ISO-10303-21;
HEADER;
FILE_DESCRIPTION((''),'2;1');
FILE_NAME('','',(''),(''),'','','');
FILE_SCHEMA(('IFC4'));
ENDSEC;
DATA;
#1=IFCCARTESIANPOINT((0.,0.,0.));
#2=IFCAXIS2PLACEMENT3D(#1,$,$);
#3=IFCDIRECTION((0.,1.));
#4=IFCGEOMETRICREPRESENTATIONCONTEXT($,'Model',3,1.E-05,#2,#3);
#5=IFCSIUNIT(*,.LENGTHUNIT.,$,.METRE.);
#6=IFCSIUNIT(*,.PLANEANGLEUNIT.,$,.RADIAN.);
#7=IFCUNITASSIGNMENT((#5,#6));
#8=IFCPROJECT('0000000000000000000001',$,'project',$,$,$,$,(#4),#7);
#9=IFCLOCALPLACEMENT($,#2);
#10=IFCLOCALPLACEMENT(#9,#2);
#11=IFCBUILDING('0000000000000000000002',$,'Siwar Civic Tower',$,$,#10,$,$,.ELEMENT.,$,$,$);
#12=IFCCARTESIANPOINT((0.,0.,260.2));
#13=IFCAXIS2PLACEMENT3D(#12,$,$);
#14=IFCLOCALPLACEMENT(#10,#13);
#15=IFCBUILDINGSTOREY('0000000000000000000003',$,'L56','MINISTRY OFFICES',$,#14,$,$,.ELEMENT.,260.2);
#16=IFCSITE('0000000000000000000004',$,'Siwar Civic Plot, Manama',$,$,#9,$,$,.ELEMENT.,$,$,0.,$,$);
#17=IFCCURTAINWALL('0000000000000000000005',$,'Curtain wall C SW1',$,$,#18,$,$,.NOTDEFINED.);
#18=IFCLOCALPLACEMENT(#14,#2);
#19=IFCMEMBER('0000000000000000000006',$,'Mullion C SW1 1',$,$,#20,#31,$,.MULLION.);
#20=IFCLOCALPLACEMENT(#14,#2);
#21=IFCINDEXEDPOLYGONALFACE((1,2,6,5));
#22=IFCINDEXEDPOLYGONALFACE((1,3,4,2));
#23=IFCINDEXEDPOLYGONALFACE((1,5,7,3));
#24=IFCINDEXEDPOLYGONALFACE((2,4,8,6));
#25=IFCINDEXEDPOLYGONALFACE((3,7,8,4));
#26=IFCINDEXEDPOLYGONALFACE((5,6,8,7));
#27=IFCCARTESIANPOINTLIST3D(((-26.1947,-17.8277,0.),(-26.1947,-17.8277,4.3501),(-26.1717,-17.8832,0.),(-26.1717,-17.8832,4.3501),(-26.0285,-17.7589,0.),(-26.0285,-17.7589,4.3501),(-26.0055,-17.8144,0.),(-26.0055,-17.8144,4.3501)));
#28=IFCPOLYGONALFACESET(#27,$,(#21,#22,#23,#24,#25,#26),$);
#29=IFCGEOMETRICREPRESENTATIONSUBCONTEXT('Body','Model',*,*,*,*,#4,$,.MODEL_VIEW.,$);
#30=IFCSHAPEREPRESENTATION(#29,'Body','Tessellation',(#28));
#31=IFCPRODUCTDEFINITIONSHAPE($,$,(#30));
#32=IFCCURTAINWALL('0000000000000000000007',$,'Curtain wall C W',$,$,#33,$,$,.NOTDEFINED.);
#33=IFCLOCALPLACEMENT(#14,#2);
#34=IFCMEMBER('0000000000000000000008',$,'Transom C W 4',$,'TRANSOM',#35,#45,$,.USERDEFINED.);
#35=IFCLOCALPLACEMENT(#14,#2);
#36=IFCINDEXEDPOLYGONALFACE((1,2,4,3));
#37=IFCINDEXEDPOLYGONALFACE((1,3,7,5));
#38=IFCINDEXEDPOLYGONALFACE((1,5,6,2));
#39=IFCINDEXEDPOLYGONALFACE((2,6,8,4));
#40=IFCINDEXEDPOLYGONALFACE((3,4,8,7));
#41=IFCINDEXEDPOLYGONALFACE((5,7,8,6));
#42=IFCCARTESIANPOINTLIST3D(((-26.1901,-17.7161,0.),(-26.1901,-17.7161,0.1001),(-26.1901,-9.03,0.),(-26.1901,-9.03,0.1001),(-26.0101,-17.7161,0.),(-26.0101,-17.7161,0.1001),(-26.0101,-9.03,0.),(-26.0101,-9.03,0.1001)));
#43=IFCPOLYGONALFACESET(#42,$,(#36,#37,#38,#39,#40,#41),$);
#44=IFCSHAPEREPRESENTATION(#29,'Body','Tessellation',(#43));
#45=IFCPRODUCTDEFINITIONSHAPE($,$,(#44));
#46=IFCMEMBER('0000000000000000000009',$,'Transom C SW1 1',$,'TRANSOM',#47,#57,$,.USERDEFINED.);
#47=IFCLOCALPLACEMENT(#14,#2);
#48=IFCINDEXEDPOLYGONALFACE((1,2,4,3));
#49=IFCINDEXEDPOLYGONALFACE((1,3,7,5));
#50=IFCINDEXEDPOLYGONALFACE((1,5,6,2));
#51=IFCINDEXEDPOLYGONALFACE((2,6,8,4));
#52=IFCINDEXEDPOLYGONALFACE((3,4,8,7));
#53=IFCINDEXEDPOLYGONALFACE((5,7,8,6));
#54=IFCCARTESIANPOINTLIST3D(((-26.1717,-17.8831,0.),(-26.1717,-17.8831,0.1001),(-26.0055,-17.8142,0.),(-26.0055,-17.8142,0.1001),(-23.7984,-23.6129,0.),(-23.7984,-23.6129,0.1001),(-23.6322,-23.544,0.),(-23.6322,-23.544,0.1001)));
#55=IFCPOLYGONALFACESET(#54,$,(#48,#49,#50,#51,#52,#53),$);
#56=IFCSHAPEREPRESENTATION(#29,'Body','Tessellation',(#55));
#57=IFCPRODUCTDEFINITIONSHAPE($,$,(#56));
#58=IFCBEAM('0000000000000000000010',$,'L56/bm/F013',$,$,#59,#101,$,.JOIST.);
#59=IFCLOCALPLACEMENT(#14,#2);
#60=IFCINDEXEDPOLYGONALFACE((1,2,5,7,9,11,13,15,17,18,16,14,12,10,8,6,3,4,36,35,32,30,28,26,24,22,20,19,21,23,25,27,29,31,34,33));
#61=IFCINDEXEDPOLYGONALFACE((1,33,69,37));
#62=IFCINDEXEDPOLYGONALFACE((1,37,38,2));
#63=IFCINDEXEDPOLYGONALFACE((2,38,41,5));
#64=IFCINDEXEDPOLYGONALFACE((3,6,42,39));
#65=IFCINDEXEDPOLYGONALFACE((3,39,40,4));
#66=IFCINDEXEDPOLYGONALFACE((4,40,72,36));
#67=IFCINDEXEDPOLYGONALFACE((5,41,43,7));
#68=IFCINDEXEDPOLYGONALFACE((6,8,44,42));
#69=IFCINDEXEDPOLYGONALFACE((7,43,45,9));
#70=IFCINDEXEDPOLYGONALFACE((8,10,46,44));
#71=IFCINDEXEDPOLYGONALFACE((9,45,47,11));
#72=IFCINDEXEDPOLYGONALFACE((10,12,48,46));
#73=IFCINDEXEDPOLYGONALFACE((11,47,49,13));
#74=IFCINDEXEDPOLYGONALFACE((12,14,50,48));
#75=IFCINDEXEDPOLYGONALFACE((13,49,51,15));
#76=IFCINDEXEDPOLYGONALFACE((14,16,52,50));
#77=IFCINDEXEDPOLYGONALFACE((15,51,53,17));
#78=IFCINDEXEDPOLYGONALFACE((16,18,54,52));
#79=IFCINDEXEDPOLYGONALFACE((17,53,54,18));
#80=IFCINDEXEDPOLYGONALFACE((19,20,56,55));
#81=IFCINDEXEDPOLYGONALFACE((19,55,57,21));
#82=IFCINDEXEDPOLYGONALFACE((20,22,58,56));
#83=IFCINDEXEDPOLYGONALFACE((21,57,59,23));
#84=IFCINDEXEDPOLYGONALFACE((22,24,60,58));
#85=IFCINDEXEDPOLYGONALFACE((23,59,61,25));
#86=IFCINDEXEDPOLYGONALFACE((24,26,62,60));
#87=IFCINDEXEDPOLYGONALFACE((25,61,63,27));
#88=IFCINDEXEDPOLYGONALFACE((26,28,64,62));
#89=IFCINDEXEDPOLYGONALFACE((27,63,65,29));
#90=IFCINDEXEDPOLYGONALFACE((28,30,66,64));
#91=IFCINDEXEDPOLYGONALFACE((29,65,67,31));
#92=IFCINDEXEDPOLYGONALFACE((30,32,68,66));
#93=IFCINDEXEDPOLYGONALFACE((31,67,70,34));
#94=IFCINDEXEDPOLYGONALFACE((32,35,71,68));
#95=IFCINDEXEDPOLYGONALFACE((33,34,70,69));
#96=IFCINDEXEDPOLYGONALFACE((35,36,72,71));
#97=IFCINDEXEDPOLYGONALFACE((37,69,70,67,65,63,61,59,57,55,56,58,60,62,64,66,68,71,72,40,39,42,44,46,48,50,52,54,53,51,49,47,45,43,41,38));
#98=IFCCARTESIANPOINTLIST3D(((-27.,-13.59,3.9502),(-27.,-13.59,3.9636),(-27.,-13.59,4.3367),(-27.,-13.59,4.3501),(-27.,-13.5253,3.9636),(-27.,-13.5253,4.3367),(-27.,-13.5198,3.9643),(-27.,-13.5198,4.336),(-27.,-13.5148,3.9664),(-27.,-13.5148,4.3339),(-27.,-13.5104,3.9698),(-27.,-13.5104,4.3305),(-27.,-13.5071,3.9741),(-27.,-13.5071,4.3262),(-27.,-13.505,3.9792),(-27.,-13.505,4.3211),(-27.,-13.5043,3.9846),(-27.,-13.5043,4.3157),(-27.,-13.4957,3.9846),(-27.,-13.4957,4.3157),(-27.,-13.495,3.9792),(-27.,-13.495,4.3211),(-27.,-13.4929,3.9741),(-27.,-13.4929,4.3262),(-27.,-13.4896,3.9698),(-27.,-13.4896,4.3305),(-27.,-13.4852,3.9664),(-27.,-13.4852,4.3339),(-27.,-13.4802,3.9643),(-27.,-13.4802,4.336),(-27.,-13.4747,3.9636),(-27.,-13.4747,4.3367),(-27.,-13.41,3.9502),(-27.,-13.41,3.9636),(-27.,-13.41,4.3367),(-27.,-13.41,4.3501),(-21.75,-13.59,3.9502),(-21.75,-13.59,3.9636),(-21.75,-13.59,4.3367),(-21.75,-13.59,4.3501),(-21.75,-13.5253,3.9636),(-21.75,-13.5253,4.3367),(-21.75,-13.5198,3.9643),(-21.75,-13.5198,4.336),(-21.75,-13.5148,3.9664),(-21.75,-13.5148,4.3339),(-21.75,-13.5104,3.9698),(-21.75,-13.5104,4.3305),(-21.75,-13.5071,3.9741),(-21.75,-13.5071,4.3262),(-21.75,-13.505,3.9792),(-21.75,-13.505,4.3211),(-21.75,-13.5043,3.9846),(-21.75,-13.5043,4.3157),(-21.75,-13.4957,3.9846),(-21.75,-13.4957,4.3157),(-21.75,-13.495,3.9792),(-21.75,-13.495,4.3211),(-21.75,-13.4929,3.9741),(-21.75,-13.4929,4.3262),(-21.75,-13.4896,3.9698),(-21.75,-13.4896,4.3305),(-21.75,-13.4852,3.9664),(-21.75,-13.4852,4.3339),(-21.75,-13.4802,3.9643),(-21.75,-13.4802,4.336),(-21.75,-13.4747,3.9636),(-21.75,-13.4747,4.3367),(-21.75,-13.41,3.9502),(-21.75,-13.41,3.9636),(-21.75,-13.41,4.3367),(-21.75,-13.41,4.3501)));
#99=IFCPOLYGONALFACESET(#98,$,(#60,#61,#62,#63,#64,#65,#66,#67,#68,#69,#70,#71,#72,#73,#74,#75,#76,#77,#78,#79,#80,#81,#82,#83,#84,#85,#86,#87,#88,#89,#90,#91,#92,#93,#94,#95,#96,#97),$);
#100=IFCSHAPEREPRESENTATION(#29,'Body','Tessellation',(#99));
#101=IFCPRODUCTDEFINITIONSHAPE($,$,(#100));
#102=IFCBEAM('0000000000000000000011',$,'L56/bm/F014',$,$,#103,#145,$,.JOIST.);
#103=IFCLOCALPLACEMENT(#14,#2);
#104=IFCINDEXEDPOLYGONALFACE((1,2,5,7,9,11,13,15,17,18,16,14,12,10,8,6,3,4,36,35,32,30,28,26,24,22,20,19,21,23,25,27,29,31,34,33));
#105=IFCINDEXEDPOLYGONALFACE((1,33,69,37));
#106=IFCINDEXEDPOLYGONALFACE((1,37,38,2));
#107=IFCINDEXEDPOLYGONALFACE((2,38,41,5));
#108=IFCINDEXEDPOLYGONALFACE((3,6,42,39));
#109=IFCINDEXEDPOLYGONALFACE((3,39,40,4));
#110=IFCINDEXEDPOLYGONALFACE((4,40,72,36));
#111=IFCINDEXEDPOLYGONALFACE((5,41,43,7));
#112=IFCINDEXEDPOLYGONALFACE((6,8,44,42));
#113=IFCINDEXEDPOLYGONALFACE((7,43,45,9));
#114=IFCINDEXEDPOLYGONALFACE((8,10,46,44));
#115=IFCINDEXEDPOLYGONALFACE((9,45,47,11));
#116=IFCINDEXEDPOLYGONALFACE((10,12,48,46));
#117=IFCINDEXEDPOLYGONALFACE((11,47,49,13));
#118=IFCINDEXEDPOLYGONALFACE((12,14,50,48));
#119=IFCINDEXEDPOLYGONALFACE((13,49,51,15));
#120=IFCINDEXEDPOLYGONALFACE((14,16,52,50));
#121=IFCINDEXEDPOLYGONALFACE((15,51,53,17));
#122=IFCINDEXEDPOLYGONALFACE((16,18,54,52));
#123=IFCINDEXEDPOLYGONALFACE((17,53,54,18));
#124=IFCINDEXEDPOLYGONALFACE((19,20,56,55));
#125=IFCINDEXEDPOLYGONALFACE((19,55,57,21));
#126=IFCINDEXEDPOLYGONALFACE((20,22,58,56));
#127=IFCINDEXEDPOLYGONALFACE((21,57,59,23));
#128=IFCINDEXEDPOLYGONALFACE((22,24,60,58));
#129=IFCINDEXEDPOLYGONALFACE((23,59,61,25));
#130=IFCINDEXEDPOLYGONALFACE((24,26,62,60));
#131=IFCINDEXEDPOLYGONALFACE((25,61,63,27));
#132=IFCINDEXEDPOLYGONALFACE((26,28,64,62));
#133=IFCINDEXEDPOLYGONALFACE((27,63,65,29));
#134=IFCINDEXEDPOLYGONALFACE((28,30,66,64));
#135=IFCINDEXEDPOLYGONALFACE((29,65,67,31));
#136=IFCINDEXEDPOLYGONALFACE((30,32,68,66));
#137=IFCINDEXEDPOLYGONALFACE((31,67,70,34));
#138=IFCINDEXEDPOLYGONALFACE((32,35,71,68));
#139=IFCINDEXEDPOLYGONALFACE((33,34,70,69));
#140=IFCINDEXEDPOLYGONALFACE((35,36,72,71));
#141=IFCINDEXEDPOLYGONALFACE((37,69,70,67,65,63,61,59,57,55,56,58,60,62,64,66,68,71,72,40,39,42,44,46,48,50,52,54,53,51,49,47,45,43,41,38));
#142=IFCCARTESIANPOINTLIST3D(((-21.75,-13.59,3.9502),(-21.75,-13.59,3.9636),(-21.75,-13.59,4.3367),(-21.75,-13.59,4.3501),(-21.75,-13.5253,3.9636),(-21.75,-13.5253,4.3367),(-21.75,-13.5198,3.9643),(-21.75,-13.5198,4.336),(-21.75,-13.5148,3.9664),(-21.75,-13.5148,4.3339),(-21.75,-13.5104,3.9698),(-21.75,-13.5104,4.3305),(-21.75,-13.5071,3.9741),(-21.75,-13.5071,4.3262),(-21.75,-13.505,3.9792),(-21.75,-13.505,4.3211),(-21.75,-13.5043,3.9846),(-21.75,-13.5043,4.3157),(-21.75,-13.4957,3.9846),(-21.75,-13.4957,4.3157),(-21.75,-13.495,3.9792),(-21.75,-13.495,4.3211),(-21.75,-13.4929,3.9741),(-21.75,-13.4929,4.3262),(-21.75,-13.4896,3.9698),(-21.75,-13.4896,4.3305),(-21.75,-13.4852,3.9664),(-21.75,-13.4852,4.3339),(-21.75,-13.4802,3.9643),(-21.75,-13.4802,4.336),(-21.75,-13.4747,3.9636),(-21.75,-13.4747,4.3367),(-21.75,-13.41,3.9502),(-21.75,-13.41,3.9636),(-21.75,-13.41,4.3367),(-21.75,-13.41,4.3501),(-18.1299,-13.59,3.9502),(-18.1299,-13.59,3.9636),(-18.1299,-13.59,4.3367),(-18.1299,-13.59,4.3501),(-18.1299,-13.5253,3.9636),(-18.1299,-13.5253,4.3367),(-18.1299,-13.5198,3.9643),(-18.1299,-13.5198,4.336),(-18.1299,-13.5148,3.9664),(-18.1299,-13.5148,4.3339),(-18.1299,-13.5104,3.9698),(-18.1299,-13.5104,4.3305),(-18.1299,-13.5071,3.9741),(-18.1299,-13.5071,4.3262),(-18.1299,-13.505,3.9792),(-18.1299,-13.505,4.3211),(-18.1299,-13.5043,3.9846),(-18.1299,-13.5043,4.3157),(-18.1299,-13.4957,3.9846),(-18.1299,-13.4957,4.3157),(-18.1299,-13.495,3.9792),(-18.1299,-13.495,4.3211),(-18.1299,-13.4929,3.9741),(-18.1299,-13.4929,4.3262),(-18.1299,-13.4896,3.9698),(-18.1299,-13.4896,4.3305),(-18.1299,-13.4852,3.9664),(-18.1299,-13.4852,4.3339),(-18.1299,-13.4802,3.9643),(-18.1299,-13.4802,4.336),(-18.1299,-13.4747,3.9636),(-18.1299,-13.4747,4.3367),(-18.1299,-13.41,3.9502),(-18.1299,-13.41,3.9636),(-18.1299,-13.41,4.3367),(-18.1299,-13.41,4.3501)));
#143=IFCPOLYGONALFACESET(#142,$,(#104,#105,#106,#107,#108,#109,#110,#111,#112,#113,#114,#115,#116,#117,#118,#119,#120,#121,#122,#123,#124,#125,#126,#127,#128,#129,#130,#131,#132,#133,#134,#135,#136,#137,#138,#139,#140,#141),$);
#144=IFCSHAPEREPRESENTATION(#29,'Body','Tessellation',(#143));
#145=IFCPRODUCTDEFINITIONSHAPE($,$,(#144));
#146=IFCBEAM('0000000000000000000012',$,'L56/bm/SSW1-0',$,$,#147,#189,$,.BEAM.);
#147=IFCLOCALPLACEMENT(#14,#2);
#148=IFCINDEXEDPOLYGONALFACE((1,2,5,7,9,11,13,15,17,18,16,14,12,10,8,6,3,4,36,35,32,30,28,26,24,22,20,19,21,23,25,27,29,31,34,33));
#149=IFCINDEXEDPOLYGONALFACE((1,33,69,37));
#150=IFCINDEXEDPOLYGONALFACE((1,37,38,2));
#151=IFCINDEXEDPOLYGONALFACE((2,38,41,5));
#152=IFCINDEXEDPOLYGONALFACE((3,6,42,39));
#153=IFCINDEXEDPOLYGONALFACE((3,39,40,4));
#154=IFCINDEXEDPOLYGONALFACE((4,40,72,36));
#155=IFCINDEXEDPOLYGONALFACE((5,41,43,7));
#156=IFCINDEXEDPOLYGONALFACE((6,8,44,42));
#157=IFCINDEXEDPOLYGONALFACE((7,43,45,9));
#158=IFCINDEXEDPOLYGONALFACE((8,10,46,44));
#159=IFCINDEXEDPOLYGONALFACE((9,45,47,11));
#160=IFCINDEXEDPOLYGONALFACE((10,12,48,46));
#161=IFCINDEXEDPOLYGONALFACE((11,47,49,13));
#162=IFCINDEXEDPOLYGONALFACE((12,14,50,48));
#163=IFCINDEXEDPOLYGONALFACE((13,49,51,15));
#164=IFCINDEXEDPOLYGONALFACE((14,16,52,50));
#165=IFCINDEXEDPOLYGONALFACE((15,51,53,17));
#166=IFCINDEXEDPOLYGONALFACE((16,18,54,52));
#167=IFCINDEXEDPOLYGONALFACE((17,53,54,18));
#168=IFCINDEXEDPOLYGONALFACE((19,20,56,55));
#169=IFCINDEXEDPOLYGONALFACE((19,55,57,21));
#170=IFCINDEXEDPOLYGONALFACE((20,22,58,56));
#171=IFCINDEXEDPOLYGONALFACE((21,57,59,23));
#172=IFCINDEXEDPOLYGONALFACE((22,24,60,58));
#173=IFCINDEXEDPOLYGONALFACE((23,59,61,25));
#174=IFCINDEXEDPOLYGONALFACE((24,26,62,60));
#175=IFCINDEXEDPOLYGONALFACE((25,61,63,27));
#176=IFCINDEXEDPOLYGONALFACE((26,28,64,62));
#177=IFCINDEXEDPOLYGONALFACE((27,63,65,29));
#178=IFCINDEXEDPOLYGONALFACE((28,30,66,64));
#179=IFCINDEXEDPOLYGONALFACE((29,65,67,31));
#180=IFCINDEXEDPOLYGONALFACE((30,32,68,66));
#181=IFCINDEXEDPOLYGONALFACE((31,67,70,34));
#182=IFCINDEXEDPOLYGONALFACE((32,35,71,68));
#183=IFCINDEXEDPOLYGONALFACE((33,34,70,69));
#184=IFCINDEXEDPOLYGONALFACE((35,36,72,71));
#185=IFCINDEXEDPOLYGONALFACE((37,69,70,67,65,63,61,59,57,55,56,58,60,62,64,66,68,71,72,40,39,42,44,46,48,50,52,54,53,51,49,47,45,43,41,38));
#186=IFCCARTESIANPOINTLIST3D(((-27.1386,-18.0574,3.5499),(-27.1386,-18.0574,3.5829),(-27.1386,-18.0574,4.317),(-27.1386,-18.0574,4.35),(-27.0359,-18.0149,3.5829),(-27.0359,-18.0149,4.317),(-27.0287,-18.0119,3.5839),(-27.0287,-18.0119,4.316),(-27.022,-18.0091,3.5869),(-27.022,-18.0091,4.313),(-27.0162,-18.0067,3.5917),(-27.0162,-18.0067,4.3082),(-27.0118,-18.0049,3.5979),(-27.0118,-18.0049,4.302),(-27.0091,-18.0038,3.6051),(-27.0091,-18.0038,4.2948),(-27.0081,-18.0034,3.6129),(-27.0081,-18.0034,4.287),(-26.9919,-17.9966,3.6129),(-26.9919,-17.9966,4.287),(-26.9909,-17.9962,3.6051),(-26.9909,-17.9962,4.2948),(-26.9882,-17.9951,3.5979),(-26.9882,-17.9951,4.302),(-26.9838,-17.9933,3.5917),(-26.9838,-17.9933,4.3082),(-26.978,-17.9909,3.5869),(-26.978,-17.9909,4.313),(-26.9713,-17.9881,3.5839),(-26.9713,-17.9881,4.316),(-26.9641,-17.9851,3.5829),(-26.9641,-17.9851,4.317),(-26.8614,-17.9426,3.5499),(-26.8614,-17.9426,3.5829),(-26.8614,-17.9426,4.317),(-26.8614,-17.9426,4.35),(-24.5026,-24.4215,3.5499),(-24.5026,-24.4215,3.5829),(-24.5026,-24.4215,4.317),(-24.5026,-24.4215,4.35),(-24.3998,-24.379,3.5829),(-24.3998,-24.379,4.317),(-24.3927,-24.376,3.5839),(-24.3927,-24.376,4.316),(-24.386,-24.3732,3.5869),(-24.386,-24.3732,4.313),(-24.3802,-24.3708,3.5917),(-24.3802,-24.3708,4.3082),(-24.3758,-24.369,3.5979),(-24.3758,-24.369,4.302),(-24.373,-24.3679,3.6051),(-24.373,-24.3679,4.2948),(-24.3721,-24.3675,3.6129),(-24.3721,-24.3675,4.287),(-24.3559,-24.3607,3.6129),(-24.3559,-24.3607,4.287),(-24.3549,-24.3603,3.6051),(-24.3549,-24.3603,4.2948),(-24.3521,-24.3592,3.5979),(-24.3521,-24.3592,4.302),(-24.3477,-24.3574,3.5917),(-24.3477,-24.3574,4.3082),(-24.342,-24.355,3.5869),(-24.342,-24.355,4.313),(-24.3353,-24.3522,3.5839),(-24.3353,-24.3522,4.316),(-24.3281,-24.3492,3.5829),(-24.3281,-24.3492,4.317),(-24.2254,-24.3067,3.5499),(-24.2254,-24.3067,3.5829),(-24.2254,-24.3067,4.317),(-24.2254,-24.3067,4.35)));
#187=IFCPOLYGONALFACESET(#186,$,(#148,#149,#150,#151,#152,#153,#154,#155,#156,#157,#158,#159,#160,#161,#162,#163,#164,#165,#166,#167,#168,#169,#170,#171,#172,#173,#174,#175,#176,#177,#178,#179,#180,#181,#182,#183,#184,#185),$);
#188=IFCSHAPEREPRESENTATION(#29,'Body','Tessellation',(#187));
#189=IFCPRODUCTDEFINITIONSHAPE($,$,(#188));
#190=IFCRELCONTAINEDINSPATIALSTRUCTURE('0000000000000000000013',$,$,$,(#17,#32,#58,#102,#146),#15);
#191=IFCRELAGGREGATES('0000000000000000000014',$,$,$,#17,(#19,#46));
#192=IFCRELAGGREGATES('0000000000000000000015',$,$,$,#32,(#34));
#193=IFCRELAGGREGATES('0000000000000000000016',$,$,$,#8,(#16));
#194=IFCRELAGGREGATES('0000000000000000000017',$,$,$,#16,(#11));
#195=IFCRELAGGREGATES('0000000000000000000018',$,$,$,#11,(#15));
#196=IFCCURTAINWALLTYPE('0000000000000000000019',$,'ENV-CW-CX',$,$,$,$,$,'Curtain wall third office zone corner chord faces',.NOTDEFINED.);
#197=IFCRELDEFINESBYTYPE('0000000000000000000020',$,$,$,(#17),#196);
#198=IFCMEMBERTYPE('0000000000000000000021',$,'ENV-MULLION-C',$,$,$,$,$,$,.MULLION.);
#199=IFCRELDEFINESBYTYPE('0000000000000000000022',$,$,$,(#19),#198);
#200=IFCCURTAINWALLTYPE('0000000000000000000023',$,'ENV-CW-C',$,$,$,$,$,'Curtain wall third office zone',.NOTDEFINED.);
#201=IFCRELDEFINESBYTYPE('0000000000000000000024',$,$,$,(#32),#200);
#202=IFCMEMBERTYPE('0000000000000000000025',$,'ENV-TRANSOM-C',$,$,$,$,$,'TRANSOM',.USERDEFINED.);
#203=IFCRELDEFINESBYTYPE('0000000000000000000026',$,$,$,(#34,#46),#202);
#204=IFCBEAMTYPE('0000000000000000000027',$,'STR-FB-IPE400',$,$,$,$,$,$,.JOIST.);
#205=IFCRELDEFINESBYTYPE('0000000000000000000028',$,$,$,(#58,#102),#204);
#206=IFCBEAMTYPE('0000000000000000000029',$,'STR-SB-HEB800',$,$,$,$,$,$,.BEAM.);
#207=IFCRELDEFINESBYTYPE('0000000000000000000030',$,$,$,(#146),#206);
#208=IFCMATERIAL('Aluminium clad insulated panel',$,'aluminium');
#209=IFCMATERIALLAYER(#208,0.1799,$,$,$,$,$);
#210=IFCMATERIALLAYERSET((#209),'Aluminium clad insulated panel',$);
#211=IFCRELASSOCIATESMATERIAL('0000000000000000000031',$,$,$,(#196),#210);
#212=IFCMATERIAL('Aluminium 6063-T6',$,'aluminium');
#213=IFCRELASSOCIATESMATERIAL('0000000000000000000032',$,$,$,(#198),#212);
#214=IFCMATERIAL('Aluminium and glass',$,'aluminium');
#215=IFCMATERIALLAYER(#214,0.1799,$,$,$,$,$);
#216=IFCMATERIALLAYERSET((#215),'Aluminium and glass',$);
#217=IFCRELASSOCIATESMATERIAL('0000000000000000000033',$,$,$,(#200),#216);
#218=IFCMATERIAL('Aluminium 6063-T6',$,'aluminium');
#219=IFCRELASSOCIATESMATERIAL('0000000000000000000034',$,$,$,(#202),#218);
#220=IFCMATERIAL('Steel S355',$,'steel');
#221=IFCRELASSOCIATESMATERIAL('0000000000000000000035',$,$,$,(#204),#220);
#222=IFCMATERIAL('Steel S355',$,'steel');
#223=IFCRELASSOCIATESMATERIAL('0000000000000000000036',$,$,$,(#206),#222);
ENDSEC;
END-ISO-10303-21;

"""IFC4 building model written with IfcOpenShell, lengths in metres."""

from ifc_helpers import new_model, si_unit, direction, frame, origin, origin_2d, place, context, subcontext, project, spatial, rectangle, i_section, extrude, material, layer, layer_set, material_profile, profile_set, type_object, element, aggregate, save


model = new_model("IFC4")

# Units and contexts
model_context = context("Model", 3, precision=1e-05, world=origin(), true_north=direction((0.0, 1.0)))
body_context = subcontext(model_context, "Body", "Model", "MODEL_VIEW")
ifc_project = project(units=[si_unit("LENGTHUNIT", "METRE"), si_unit("PLANEANGLEUNIT", "RADIAN")], contexts=[model_context])

# Site, building, storey
site_placement = place(None, origin())
site = spatial("IfcSite", under=ifc_project, at=site_placement, Name="Siwar Civic Plot, Manama", CompositionType="ELEMENT", RefElevation=0.0)
building_placement = place(site_placement, origin())
building = spatial("IfcBuilding", under=site, at=building_placement, Name="Siwar Civic Tower", CompositionType="ELEMENT")
storey_placement = place(building_placement, frame((0.0, 0.0, 260.2)))
storey = spatial("IfcBuildingStorey", under=building, at=storey_placement, Name="L56", Description="MINISTRY OFFICES", CompositionType="ELEMENT", Elevation=260.2)

# Curtain walls, members
ifc_material_1 = material(Name="Aluminium clad insulated panel", Category="aluminium")
ifc_layer_1 = layer(ifc_material_1, 0.1799)
ifc_layer_set_1 = layer_set([ifc_layer_1], Name="Aluminium clad insulated panel")
curtain_wall_type_1 = type_object("IfcCurtainWallType", Name="ENV-CW-CX", ElementType="Curtain wall third office zone corner chord faces", PredefinedType="NOTDEFINED", material=ifc_layer_set_1)
curtain_wall_1_placement = place(storey_placement, origin())
curtain_wall_1 = element("IfcCurtainWall", 1, at=curtain_wall_1_placement, inside=storey, type_object=curtain_wall_type_1, Name="Curtain wall C SW1", PredefinedType="NOTDEFINED")
ifc_material_2 = material(Name="Aluminium 6063-T6", Category="aluminium")
ifc_material_profile_1 = material_profile(ifc_material_2, rectangle(XDim=0.1799, YDim=0.0601, at=origin_2d()), Name="AL 180x60")
ifc_profile_set_1 = profile_set([ifc_material_profile_1], Name="Aluminium 6063-T6")
member_type_1 = type_object("IfcMemberType", Name="ENV-MULLION-C", PredefinedType="MULLION", material=ifc_profile_set_1)
member_1_placement = place(storey_placement, frame((-26.1001, -17.821, 0.0), z_axis=(0.0, 0.0, 1.0), x_axis=(0.92388, 0.382683, 0.0)))
member_1 = element("IfcMember", 2, at=member_1_placement, type_object=member_type_1, Name="Mullion C SW1 1", PredefinedType="MULLION", context=body_context, shape_type="SweptSolid", body=[
    extrude(rectangle(XDim=0.1799, YDim=0.0601, at=origin_2d()), origin(), (0.0, 0.0, 1.0), 4.3501),
])
ifc_material_3 = material(Name="Aluminium and glass", Category="aluminium")
ifc_layer_2 = layer(ifc_material_3, 0.1799)
ifc_layer_set_2 = layer_set([ifc_layer_2], Name="Aluminium and glass")
curtain_wall_type_2 = type_object("IfcCurtainWallType", Name="ENV-CW-C", ElementType="Curtain wall third office zone", PredefinedType="NOTDEFINED", material=ifc_layer_set_2)
curtain_wall_2_placement = place(storey_placement, origin())
curtain_wall_2 = element("IfcCurtainWall", 3, at=curtain_wall_2_placement, inside=storey, type_object=curtain_wall_type_2, Name="Curtain wall C W", PredefinedType="NOTDEFINED")
ifc_material_4 = material(Name="Aluminium 6063-T6", Category="aluminium")
ifc_material_profile_2 = material_profile(ifc_material_4, rectangle(XDim=0.1799, YDim=0.1001, at=origin_2d()), Name="AL 180x100")
ifc_profile_set_2 = profile_set([ifc_material_profile_2], Name="Aluminium 6063-T6")
member_type_2 = type_object("IfcMemberType", Name="ENV-TRANSOM-C", ElementType="TRANSOM", PredefinedType="USERDEFINED", material=ifc_profile_set_2)
member_2_placement = place(storey_placement, frame((-26.1001, -9.03, 0.05), z_axis=(0.0, -1.0, 0.0), x_axis=(1.0, 0.0, 0.0)))
member_2 = element("IfcMember", 4, at=member_2_placement, type_object=member_type_2, Name="Transom C W 4", ObjectType="TRANSOM", PredefinedType="USERDEFINED", context=body_context, shape_type="SweptSolid", body=[
    extrude(rectangle(XDim=0.1799, YDim=0.1001, at=origin_2d()), origin(), (0.0, 0.0, 1.0), 8.686),
])

# Member
member_3_placement = place(storey_placement, frame((-26.0886, -17.8486, 0.05), z_axis=(0.382677, -0.923882, 0.0), x_axis=(0.923882, 0.382677, 0.0)))
member_3 = element("IfcMember", 5, at=member_3_placement, type_object=member_type_2, Name="Transom C SW1 1", ObjectType="TRANSOM", PredefinedType="USERDEFINED", context=body_context, shape_type="SweptSolid", body=[
    extrude(rectangle(XDim=0.1799, YDim=0.1001, at=origin_2d()), origin(), (0.0, 0.0, 1.0), 6.2019),
])
aggregate(curtain_wall_1, [member_1, member_3])

# Beams
ifc_material_5 = material(Name="Steel S355", Category="steel")
ifc_material_profile_3 = material_profile(ifc_material_5, i_section(OverallWidth=0.1799, OverallDepth=0.3999, WebThickness=0.0085, FlangeThickness=0.0134, FilletRadius=0.021, at=origin_2d()), Name="IPE400")
ifc_profile_set_3 = profile_set([ifc_material_profile_3], Name="Steel S355")
beam_type_1 = type_object("IfcBeamType", Name="STR-FB-IPE400", PredefinedType="JOIST", material=ifc_profile_set_3)
beam_1_placement = place(storey_placement, frame((-27.0, -13.5, 4.1501), z_axis=(1.0, 0.0, 0.0), x_axis=(0.0, 1.0, 0.0)))
element("IfcBeam", 6, at=beam_1_placement, inside=storey, type_object=beam_type_1, Name="L56/bm/F013", PredefinedType="JOIST", context=body_context, shape_type="SweptSolid", body=[
    extrude(i_section(OverallWidth=0.1799, OverallDepth=0.3999, WebThickness=0.0085, FlangeThickness=0.0134, FilletRadius=0.021, at=origin_2d()), origin(), (0.0, 0.0, 1.0), 5.25),
])
beam_2_placement = place(storey_placement, frame((-21.75, -13.5, 4.1501), z_axis=(1.0, 0.0, 0.0), x_axis=(0.0, 1.0, 0.0)))
element("IfcBeam", 7, at=beam_2_placement, inside=storey, type_object=beam_type_1, Name="L56/bm/F014", PredefinedType="JOIST", context=body_context, shape_type="SweptSolid", body=[
    extrude(i_section(OverallWidth=0.1799, OverallDepth=0.3999, WebThickness=0.0085, FlangeThickness=0.0134, FilletRadius=0.021, at=origin_2d()), origin(), (0.0, 0.0, 1.0), 3.6201),
])
ifc_material_6 = material(Name="Steel S355", Category="steel")
ifc_material_profile_4 = material_profile(ifc_material_6, i_section(OverallWidth=0.3, OverallDepth=0.8, WebThickness=0.0176, FlangeThickness=0.033, FilletRadius=0.03, at=origin_2d()), Name="HEB800")
ifc_profile_set_4 = profile_set([ifc_material_profile_4], Name="Steel S355")
beam_type_2 = type_object("IfcBeamType", Name="STR-SB-HEB800", PredefinedType="BEAM", material=ifc_profile_set_4)
beam_3_placement = place(storey_placement, frame((-27.0, -18.0, 3.95), z_axis=(0.382674, -0.923883, 0.0), x_axis=(0.923883, 0.382674, 0.0)))
element("IfcBeam", 8, at=beam_3_placement, inside=storey, type_object=beam_type_2, Name="L56/bm/SSW1-0", PredefinedType="BEAM", context=body_context, shape_type="SweptSolid", body=[
    extrude(i_section(OverallWidth=0.3, OverallDepth=0.8, WebThickness=0.0176, FlangeThickness=0.033, FilletRadius=0.03, at=origin_2d()), origin(), (0.0, 0.0, 1.0), 6.8884),
])

aggregate(curtain_wall_2, [member_2])

save(model, "model.ifc")
